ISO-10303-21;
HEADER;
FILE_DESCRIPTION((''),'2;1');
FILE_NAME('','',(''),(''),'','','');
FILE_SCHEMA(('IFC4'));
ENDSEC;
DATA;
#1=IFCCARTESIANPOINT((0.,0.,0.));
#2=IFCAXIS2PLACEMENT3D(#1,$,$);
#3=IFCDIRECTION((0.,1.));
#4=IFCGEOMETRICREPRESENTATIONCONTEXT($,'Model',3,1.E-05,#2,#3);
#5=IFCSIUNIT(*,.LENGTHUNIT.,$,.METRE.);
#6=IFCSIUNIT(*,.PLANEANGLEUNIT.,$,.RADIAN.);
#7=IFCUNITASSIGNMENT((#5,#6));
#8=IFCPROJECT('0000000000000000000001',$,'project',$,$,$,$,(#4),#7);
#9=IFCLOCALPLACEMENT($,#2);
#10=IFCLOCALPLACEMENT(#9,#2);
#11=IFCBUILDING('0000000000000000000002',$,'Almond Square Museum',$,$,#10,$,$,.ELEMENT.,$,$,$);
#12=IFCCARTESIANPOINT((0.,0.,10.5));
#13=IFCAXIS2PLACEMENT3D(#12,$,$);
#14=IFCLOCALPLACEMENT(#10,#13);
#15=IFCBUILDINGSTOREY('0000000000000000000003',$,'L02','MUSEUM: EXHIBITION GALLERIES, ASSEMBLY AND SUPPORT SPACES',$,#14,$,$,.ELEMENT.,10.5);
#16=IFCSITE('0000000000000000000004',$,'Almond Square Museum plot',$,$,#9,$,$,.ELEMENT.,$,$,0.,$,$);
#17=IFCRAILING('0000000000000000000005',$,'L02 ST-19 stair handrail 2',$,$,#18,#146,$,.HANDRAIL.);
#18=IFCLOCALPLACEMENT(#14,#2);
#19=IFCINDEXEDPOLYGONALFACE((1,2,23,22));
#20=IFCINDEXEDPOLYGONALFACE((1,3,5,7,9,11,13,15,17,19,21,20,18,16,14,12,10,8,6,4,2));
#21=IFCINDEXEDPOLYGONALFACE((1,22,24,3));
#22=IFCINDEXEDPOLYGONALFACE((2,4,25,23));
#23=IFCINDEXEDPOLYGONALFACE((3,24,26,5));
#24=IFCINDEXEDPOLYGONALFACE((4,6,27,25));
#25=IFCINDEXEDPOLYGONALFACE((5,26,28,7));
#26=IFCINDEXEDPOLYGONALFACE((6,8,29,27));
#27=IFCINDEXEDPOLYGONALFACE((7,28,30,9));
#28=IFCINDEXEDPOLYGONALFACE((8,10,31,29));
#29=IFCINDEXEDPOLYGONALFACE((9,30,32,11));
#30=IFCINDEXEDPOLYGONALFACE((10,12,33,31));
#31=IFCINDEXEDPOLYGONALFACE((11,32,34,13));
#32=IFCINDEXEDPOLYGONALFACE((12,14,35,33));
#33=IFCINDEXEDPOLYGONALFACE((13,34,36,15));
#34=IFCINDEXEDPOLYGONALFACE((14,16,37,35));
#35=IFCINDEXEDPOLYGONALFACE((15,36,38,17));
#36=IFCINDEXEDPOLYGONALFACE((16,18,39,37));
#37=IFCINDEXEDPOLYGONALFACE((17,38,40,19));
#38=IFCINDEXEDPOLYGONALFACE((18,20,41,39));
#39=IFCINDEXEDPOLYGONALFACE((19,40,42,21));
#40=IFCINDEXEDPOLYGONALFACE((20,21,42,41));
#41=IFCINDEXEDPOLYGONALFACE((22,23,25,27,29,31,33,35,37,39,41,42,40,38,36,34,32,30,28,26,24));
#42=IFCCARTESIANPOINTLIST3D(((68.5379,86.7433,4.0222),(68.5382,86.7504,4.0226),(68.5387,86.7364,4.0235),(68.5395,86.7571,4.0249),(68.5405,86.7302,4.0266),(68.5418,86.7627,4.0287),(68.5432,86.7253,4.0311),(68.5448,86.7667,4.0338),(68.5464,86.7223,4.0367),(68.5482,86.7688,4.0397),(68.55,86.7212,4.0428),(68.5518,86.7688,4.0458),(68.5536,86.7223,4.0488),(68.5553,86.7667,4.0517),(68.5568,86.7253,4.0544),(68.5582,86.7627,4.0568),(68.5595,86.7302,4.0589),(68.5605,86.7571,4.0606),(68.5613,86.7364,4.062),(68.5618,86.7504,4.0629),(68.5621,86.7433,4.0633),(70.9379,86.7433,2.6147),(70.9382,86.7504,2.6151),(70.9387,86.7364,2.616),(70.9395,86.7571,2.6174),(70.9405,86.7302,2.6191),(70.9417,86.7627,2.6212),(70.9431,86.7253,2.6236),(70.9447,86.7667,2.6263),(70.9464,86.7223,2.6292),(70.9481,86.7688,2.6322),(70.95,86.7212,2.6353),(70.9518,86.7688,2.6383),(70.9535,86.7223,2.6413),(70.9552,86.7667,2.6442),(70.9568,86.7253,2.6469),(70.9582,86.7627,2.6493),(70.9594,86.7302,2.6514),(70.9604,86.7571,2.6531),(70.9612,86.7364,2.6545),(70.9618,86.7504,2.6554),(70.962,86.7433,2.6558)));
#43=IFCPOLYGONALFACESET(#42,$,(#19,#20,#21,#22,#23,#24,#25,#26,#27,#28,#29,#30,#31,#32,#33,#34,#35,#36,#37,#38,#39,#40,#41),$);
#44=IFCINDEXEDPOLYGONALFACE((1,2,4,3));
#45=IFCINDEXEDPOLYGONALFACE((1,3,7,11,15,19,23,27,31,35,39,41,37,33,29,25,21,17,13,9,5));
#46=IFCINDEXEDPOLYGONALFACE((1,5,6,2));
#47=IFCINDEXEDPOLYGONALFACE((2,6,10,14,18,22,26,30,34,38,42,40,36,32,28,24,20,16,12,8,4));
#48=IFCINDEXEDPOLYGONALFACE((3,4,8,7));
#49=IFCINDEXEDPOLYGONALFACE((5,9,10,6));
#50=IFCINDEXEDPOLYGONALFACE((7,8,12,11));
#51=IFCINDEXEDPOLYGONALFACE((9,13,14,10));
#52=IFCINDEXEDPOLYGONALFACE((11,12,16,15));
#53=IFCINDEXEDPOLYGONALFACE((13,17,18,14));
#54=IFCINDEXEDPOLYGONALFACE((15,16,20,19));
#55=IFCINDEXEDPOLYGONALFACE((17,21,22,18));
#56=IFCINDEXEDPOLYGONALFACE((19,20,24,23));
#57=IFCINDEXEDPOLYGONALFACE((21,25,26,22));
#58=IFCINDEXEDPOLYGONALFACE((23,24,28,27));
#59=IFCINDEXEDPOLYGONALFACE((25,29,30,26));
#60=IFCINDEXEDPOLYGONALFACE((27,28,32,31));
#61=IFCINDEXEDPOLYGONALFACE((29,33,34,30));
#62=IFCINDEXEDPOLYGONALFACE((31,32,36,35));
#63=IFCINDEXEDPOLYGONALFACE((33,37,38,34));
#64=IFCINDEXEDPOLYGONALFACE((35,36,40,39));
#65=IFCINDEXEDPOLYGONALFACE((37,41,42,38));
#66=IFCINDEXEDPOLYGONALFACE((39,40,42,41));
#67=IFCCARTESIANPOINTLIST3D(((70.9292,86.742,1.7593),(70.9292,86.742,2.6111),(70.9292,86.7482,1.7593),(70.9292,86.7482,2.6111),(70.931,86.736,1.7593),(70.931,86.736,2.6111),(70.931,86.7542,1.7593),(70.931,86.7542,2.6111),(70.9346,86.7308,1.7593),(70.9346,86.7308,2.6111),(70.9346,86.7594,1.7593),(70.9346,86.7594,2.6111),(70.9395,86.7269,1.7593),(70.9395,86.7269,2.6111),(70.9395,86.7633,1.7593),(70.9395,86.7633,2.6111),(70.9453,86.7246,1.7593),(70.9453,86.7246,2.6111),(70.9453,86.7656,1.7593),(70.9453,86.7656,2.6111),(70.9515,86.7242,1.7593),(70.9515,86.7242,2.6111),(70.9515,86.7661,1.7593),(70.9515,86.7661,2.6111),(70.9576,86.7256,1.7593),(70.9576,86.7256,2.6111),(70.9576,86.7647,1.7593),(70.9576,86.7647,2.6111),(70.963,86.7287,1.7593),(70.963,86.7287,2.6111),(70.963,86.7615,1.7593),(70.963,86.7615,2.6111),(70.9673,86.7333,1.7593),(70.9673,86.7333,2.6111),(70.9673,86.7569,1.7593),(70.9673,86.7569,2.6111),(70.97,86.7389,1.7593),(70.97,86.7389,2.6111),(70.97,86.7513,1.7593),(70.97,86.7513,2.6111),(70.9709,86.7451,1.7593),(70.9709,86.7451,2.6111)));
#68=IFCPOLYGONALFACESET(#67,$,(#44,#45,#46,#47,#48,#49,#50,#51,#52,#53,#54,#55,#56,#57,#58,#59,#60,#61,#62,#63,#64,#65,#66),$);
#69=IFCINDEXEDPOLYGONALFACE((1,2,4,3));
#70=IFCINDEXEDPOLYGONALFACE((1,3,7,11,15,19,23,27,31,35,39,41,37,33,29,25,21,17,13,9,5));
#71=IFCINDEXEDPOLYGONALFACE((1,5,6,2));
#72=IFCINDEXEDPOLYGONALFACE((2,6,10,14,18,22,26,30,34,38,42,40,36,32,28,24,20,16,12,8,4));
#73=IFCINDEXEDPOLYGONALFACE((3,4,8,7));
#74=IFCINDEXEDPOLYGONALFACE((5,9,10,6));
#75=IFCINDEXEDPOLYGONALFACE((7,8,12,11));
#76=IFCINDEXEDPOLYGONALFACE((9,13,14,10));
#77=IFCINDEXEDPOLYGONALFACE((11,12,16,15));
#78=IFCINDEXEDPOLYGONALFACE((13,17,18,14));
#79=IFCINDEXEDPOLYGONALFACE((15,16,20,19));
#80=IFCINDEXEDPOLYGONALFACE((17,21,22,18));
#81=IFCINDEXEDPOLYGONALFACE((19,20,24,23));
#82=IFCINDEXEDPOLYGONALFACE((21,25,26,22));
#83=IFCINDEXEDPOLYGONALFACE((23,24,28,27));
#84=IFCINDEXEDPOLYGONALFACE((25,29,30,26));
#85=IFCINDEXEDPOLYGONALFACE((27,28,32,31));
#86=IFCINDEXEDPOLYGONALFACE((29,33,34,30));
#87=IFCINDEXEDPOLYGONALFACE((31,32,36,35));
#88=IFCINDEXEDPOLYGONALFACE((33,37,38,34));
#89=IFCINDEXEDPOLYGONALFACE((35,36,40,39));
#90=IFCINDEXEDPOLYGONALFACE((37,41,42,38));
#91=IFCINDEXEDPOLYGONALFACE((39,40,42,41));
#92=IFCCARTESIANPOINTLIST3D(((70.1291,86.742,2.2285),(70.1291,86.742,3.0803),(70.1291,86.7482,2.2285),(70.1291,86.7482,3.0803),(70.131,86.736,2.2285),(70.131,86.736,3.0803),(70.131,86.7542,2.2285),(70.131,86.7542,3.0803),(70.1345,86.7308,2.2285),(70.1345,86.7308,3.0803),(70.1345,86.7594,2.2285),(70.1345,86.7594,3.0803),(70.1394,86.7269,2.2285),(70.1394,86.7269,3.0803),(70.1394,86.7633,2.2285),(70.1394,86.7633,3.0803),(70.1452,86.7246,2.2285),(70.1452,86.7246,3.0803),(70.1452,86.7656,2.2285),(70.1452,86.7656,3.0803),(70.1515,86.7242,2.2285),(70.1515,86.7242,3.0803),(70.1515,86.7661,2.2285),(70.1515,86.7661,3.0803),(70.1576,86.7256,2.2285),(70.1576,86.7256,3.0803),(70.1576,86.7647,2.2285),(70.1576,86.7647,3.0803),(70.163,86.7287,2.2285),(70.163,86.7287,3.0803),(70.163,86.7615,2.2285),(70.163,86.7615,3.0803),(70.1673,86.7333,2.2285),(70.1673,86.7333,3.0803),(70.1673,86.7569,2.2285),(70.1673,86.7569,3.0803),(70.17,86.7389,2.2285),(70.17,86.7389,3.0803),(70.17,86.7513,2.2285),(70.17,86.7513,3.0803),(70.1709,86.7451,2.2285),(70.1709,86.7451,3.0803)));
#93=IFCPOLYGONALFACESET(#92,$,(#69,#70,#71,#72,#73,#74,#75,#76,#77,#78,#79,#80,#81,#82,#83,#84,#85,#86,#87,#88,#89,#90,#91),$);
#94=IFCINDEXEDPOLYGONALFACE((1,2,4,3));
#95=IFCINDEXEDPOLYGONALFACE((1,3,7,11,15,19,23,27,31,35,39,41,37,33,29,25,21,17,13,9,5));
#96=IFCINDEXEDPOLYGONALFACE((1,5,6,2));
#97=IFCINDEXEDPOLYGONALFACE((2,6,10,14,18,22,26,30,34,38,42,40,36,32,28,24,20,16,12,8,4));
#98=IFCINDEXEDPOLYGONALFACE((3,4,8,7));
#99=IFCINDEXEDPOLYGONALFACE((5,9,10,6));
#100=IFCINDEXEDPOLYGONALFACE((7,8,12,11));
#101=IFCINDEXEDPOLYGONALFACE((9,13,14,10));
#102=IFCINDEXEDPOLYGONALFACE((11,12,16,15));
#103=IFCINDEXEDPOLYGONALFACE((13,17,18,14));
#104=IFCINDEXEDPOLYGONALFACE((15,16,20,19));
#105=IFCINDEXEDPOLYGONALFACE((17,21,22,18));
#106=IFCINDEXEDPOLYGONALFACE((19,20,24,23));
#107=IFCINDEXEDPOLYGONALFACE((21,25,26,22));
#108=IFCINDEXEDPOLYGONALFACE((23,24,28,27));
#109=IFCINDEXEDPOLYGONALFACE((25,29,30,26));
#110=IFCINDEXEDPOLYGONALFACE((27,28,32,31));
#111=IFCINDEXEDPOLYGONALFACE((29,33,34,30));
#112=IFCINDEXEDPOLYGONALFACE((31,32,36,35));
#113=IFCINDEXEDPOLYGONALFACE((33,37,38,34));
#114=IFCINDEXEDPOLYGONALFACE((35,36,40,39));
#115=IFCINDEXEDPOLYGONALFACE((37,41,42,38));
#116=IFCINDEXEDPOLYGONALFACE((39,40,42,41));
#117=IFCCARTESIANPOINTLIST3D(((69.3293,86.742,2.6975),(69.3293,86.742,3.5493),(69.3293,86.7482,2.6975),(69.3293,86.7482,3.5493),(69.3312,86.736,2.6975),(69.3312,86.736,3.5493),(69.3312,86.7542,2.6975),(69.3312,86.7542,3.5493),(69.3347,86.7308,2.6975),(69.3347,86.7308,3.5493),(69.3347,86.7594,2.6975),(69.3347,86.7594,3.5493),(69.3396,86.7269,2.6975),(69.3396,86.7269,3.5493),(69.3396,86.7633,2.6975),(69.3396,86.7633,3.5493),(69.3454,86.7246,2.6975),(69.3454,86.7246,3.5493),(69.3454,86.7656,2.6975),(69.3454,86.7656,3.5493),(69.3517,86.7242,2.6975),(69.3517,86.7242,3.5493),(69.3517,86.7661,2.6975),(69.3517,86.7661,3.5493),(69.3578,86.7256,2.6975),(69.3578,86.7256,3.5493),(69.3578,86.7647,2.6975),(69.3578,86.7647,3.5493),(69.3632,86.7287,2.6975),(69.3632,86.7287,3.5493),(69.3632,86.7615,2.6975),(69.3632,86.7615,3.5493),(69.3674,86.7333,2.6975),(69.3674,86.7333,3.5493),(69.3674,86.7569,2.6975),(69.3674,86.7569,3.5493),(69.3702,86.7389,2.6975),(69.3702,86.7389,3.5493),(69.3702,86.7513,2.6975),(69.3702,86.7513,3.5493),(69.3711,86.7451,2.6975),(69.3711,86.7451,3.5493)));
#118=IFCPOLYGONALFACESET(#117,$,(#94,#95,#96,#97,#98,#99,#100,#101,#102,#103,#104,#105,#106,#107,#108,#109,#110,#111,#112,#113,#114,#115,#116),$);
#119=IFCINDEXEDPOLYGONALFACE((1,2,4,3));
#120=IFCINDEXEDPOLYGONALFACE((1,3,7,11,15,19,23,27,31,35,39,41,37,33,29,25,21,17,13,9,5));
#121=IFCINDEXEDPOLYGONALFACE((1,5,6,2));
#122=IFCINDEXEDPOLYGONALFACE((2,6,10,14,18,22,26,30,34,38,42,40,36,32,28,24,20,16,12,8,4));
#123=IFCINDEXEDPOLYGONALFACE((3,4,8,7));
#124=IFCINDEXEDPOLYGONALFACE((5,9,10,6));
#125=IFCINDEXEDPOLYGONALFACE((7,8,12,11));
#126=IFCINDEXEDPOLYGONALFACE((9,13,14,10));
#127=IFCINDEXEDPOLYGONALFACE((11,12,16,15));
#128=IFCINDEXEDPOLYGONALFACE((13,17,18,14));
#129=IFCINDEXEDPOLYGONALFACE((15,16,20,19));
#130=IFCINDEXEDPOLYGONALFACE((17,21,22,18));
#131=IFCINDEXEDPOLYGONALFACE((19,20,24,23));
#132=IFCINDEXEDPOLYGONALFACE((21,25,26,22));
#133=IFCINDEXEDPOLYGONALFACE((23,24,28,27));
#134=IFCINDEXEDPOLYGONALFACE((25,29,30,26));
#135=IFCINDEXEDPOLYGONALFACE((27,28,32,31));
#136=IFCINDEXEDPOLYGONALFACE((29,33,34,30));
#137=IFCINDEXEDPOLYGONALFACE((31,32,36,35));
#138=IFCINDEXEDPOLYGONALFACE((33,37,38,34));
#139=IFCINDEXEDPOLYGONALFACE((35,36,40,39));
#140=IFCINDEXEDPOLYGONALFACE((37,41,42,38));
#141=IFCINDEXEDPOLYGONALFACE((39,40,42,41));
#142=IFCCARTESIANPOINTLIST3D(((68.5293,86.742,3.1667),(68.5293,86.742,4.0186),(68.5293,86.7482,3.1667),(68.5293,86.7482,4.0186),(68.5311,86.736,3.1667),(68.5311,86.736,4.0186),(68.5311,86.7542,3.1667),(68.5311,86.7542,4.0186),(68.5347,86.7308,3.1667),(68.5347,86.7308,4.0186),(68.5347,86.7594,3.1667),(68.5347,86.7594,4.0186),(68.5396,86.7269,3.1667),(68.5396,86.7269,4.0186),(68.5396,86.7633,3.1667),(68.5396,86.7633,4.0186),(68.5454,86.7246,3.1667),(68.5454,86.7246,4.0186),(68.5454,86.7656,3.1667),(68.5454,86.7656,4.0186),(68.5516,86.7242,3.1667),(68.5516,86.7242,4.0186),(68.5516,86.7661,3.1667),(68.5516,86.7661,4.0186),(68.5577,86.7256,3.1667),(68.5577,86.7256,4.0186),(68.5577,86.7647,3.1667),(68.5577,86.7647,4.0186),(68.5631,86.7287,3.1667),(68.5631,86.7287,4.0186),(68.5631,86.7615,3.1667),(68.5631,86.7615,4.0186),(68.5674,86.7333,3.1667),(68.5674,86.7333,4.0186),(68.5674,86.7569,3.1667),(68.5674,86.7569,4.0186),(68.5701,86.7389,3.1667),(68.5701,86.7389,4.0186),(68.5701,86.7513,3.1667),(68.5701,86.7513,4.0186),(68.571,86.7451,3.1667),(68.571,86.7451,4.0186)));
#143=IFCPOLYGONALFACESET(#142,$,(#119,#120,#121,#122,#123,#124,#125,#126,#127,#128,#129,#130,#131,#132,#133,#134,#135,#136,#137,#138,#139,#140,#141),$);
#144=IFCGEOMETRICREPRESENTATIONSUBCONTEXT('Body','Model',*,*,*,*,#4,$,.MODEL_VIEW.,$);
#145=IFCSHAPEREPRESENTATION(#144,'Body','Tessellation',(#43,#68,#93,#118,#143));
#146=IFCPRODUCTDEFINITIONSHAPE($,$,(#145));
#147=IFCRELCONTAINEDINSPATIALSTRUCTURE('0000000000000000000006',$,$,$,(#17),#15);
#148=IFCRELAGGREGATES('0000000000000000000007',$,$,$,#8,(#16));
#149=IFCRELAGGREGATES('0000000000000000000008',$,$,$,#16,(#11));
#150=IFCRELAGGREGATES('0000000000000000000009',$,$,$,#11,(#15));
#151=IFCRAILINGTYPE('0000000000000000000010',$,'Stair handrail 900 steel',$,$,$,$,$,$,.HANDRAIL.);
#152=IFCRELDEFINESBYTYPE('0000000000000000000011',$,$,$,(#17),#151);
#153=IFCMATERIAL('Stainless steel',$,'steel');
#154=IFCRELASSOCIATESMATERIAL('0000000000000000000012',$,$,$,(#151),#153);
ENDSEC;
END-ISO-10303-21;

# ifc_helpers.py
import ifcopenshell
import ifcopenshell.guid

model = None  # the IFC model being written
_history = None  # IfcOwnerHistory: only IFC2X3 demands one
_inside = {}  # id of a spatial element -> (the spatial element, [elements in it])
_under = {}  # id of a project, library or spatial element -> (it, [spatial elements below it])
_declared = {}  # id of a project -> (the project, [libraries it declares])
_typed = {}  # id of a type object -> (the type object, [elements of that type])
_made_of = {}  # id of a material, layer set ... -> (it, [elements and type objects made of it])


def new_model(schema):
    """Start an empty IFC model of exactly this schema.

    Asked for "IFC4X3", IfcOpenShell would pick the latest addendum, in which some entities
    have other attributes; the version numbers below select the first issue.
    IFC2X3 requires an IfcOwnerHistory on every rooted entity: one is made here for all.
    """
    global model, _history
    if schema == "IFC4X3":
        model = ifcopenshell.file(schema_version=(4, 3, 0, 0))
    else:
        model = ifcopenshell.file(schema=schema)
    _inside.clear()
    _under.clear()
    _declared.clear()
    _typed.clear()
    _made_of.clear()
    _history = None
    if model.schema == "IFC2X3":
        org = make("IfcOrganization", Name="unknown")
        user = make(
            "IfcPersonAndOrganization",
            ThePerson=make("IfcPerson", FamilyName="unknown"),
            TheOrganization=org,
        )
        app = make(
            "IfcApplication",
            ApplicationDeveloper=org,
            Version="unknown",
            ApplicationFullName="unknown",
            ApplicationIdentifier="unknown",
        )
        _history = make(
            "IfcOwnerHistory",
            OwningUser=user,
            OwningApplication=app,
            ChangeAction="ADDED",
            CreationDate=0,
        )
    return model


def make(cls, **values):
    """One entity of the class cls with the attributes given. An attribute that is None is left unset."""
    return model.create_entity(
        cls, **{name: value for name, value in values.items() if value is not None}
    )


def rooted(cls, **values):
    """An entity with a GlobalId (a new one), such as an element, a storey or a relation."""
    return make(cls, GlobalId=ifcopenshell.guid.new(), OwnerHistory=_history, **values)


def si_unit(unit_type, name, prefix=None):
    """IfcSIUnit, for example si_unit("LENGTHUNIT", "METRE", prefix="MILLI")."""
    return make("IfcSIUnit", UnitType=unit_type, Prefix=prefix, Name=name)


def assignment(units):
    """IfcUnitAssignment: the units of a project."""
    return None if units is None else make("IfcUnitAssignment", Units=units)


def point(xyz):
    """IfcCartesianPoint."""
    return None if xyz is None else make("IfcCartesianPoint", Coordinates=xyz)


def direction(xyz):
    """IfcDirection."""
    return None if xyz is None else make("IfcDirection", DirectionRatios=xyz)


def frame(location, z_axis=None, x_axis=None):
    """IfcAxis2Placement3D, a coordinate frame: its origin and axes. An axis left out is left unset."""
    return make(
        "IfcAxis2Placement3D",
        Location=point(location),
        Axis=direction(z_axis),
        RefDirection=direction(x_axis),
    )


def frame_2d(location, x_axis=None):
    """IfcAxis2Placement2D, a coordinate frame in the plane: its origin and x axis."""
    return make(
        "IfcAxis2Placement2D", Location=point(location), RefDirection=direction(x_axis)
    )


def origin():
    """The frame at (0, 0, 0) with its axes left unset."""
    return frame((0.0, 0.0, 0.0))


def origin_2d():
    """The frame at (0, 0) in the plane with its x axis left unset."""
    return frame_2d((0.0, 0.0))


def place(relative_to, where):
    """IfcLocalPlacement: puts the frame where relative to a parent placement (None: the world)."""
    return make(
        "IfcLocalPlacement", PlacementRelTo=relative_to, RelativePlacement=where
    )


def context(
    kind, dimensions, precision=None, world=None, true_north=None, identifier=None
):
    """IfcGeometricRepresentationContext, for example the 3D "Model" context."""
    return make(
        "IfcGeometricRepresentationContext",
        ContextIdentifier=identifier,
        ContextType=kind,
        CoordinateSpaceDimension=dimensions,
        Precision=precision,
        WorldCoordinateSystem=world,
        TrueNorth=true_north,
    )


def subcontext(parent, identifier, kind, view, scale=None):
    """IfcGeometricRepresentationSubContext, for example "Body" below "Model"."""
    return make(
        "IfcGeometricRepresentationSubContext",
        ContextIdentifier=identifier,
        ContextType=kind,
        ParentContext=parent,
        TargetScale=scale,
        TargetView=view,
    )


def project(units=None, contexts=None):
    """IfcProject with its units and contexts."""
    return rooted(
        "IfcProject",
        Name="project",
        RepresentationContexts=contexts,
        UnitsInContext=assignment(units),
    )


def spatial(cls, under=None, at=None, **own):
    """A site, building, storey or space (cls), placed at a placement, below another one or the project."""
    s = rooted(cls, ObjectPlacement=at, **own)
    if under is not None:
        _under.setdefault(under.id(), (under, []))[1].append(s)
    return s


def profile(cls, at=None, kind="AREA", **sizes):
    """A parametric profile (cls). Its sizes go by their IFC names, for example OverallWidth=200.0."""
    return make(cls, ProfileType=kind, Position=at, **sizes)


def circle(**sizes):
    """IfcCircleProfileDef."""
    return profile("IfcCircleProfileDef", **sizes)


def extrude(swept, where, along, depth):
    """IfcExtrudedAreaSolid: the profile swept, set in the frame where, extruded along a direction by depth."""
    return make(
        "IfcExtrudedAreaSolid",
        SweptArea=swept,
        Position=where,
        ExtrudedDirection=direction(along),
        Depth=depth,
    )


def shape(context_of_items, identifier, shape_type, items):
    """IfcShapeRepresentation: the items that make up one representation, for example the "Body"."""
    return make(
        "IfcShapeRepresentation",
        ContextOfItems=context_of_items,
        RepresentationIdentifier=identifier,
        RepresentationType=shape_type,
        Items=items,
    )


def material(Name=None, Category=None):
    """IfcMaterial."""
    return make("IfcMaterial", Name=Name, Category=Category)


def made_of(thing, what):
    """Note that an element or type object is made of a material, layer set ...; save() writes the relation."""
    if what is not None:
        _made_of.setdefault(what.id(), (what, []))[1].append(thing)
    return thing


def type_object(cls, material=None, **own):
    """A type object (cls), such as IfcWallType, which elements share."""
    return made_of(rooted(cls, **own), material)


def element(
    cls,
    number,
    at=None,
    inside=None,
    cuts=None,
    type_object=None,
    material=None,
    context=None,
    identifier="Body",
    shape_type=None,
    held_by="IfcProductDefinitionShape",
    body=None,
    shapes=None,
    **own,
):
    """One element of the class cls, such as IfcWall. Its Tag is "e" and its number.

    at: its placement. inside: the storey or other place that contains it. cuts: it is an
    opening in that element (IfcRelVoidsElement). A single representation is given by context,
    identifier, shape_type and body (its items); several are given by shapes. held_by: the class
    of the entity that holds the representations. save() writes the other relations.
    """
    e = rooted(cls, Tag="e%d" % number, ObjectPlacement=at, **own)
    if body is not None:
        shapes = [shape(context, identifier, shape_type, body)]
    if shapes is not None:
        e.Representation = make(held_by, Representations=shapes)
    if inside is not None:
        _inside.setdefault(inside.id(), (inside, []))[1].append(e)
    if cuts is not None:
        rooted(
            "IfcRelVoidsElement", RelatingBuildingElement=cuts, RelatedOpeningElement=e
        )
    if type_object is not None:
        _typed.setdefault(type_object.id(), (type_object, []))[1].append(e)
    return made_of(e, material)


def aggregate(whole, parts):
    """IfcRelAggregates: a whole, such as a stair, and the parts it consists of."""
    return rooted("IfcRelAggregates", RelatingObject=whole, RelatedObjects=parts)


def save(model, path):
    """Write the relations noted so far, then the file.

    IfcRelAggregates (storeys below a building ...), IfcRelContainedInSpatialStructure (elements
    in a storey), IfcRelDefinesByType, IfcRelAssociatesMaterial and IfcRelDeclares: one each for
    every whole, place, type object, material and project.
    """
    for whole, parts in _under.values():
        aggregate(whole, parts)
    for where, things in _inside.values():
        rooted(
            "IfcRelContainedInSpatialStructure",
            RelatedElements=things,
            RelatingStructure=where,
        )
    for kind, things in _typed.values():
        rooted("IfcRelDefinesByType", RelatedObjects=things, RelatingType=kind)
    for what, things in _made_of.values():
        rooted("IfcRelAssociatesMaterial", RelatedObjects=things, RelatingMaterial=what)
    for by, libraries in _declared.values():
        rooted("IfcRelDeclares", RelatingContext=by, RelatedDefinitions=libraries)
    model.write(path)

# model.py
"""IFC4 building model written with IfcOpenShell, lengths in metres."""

from ifc_helpers import new_model, si_unit, direction, frame, origin, origin_2d, place, context, subcontext, project, spatial, circle, extrude, material, type_object, element, save


model = new_model("IFC4")

# Units and contexts
model_context = context("Model", 3, precision=1e-05, world=origin(), true_north=direction((0.0, 1.0)))
body_context = subcontext(model_context, "Body", "Model", "MODEL_VIEW")
ifc_project = project(units=[si_unit("LENGTHUNIT", "METRE"), si_unit("PLANEANGLEUNIT", "RADIAN")], contexts=[model_context])

# Site, building, storey
site_placement = place(None, origin())
site = spatial("IfcSite", under=ifc_project, at=site_placement, Name="Almond Square Museum plot", CompositionType="ELEMENT", RefElevation=0.0)
building_placement = place(site_placement, origin())
building = spatial("IfcBuilding", under=site, at=building_placement, Name="Almond Square Museum", CompositionType="ELEMENT")
storey_placement = place(building_placement, frame((0.0, 0.0, 10.5)))
storey = spatial("IfcBuildingStorey", under=building, at=storey_placement, Name="L02", Description="MUSEUM: EXHIBITION GALLERIES, ASSEMBLY AND SUPPORT SPACES", CompositionType="ELEMENT", Elevation=10.5)

# Railing
ifc_material_1 = material(Name="Stainless steel", Category="steel")
railing_type_1 = type_object("IfcRailingType", Name="Stair handrail 900 steel", PredefinedType="HANDRAIL", material=ifc_material_1)
railing_1_placement = place(storey_placement, frame((70.95, 86.7451, 1.7593)))
element("IfcRailing", 1, at=railing_1_placement, inside=storey, type_object=railing_type_1, Name="L02 ST-19 stair handrail 2", PredefinedType="HANDRAIL", context=body_context, shape_type="SweptSolid", body=[
    extrude(circle(Radius=0.0239, at=origin_2d()), frame((0.0, 0.0, 0.876), z_axis=(-0.862599, 0.0, 0.505888), x_axis=(0.0, -1.0, 0.0)), (0.0, 0.0, 1.0), 2.7822),
    extrude(circle(Radius=0.021, at=origin_2d()), origin(), (0.0, 0.0, 1.0), 0.8518),
    extrude(circle(Radius=0.021, at=origin_2d()), frame((-0.8, 0.0, 0.4692)), (0.0, 0.0, 1.0), 0.8518),
    extrude(circle(Radius=0.021, at=origin_2d()), frame((-1.5999, 0.0, 0.9382)), (0.0, 0.0, 1.0), 0.8518),
    extrude(circle(Radius=0.021, at=origin_2d()), frame((-2.3999, 0.0, 1.4075)), (0.0, 0.0, 1.0), 0.8518),
])

save(model, "model.ifc")
